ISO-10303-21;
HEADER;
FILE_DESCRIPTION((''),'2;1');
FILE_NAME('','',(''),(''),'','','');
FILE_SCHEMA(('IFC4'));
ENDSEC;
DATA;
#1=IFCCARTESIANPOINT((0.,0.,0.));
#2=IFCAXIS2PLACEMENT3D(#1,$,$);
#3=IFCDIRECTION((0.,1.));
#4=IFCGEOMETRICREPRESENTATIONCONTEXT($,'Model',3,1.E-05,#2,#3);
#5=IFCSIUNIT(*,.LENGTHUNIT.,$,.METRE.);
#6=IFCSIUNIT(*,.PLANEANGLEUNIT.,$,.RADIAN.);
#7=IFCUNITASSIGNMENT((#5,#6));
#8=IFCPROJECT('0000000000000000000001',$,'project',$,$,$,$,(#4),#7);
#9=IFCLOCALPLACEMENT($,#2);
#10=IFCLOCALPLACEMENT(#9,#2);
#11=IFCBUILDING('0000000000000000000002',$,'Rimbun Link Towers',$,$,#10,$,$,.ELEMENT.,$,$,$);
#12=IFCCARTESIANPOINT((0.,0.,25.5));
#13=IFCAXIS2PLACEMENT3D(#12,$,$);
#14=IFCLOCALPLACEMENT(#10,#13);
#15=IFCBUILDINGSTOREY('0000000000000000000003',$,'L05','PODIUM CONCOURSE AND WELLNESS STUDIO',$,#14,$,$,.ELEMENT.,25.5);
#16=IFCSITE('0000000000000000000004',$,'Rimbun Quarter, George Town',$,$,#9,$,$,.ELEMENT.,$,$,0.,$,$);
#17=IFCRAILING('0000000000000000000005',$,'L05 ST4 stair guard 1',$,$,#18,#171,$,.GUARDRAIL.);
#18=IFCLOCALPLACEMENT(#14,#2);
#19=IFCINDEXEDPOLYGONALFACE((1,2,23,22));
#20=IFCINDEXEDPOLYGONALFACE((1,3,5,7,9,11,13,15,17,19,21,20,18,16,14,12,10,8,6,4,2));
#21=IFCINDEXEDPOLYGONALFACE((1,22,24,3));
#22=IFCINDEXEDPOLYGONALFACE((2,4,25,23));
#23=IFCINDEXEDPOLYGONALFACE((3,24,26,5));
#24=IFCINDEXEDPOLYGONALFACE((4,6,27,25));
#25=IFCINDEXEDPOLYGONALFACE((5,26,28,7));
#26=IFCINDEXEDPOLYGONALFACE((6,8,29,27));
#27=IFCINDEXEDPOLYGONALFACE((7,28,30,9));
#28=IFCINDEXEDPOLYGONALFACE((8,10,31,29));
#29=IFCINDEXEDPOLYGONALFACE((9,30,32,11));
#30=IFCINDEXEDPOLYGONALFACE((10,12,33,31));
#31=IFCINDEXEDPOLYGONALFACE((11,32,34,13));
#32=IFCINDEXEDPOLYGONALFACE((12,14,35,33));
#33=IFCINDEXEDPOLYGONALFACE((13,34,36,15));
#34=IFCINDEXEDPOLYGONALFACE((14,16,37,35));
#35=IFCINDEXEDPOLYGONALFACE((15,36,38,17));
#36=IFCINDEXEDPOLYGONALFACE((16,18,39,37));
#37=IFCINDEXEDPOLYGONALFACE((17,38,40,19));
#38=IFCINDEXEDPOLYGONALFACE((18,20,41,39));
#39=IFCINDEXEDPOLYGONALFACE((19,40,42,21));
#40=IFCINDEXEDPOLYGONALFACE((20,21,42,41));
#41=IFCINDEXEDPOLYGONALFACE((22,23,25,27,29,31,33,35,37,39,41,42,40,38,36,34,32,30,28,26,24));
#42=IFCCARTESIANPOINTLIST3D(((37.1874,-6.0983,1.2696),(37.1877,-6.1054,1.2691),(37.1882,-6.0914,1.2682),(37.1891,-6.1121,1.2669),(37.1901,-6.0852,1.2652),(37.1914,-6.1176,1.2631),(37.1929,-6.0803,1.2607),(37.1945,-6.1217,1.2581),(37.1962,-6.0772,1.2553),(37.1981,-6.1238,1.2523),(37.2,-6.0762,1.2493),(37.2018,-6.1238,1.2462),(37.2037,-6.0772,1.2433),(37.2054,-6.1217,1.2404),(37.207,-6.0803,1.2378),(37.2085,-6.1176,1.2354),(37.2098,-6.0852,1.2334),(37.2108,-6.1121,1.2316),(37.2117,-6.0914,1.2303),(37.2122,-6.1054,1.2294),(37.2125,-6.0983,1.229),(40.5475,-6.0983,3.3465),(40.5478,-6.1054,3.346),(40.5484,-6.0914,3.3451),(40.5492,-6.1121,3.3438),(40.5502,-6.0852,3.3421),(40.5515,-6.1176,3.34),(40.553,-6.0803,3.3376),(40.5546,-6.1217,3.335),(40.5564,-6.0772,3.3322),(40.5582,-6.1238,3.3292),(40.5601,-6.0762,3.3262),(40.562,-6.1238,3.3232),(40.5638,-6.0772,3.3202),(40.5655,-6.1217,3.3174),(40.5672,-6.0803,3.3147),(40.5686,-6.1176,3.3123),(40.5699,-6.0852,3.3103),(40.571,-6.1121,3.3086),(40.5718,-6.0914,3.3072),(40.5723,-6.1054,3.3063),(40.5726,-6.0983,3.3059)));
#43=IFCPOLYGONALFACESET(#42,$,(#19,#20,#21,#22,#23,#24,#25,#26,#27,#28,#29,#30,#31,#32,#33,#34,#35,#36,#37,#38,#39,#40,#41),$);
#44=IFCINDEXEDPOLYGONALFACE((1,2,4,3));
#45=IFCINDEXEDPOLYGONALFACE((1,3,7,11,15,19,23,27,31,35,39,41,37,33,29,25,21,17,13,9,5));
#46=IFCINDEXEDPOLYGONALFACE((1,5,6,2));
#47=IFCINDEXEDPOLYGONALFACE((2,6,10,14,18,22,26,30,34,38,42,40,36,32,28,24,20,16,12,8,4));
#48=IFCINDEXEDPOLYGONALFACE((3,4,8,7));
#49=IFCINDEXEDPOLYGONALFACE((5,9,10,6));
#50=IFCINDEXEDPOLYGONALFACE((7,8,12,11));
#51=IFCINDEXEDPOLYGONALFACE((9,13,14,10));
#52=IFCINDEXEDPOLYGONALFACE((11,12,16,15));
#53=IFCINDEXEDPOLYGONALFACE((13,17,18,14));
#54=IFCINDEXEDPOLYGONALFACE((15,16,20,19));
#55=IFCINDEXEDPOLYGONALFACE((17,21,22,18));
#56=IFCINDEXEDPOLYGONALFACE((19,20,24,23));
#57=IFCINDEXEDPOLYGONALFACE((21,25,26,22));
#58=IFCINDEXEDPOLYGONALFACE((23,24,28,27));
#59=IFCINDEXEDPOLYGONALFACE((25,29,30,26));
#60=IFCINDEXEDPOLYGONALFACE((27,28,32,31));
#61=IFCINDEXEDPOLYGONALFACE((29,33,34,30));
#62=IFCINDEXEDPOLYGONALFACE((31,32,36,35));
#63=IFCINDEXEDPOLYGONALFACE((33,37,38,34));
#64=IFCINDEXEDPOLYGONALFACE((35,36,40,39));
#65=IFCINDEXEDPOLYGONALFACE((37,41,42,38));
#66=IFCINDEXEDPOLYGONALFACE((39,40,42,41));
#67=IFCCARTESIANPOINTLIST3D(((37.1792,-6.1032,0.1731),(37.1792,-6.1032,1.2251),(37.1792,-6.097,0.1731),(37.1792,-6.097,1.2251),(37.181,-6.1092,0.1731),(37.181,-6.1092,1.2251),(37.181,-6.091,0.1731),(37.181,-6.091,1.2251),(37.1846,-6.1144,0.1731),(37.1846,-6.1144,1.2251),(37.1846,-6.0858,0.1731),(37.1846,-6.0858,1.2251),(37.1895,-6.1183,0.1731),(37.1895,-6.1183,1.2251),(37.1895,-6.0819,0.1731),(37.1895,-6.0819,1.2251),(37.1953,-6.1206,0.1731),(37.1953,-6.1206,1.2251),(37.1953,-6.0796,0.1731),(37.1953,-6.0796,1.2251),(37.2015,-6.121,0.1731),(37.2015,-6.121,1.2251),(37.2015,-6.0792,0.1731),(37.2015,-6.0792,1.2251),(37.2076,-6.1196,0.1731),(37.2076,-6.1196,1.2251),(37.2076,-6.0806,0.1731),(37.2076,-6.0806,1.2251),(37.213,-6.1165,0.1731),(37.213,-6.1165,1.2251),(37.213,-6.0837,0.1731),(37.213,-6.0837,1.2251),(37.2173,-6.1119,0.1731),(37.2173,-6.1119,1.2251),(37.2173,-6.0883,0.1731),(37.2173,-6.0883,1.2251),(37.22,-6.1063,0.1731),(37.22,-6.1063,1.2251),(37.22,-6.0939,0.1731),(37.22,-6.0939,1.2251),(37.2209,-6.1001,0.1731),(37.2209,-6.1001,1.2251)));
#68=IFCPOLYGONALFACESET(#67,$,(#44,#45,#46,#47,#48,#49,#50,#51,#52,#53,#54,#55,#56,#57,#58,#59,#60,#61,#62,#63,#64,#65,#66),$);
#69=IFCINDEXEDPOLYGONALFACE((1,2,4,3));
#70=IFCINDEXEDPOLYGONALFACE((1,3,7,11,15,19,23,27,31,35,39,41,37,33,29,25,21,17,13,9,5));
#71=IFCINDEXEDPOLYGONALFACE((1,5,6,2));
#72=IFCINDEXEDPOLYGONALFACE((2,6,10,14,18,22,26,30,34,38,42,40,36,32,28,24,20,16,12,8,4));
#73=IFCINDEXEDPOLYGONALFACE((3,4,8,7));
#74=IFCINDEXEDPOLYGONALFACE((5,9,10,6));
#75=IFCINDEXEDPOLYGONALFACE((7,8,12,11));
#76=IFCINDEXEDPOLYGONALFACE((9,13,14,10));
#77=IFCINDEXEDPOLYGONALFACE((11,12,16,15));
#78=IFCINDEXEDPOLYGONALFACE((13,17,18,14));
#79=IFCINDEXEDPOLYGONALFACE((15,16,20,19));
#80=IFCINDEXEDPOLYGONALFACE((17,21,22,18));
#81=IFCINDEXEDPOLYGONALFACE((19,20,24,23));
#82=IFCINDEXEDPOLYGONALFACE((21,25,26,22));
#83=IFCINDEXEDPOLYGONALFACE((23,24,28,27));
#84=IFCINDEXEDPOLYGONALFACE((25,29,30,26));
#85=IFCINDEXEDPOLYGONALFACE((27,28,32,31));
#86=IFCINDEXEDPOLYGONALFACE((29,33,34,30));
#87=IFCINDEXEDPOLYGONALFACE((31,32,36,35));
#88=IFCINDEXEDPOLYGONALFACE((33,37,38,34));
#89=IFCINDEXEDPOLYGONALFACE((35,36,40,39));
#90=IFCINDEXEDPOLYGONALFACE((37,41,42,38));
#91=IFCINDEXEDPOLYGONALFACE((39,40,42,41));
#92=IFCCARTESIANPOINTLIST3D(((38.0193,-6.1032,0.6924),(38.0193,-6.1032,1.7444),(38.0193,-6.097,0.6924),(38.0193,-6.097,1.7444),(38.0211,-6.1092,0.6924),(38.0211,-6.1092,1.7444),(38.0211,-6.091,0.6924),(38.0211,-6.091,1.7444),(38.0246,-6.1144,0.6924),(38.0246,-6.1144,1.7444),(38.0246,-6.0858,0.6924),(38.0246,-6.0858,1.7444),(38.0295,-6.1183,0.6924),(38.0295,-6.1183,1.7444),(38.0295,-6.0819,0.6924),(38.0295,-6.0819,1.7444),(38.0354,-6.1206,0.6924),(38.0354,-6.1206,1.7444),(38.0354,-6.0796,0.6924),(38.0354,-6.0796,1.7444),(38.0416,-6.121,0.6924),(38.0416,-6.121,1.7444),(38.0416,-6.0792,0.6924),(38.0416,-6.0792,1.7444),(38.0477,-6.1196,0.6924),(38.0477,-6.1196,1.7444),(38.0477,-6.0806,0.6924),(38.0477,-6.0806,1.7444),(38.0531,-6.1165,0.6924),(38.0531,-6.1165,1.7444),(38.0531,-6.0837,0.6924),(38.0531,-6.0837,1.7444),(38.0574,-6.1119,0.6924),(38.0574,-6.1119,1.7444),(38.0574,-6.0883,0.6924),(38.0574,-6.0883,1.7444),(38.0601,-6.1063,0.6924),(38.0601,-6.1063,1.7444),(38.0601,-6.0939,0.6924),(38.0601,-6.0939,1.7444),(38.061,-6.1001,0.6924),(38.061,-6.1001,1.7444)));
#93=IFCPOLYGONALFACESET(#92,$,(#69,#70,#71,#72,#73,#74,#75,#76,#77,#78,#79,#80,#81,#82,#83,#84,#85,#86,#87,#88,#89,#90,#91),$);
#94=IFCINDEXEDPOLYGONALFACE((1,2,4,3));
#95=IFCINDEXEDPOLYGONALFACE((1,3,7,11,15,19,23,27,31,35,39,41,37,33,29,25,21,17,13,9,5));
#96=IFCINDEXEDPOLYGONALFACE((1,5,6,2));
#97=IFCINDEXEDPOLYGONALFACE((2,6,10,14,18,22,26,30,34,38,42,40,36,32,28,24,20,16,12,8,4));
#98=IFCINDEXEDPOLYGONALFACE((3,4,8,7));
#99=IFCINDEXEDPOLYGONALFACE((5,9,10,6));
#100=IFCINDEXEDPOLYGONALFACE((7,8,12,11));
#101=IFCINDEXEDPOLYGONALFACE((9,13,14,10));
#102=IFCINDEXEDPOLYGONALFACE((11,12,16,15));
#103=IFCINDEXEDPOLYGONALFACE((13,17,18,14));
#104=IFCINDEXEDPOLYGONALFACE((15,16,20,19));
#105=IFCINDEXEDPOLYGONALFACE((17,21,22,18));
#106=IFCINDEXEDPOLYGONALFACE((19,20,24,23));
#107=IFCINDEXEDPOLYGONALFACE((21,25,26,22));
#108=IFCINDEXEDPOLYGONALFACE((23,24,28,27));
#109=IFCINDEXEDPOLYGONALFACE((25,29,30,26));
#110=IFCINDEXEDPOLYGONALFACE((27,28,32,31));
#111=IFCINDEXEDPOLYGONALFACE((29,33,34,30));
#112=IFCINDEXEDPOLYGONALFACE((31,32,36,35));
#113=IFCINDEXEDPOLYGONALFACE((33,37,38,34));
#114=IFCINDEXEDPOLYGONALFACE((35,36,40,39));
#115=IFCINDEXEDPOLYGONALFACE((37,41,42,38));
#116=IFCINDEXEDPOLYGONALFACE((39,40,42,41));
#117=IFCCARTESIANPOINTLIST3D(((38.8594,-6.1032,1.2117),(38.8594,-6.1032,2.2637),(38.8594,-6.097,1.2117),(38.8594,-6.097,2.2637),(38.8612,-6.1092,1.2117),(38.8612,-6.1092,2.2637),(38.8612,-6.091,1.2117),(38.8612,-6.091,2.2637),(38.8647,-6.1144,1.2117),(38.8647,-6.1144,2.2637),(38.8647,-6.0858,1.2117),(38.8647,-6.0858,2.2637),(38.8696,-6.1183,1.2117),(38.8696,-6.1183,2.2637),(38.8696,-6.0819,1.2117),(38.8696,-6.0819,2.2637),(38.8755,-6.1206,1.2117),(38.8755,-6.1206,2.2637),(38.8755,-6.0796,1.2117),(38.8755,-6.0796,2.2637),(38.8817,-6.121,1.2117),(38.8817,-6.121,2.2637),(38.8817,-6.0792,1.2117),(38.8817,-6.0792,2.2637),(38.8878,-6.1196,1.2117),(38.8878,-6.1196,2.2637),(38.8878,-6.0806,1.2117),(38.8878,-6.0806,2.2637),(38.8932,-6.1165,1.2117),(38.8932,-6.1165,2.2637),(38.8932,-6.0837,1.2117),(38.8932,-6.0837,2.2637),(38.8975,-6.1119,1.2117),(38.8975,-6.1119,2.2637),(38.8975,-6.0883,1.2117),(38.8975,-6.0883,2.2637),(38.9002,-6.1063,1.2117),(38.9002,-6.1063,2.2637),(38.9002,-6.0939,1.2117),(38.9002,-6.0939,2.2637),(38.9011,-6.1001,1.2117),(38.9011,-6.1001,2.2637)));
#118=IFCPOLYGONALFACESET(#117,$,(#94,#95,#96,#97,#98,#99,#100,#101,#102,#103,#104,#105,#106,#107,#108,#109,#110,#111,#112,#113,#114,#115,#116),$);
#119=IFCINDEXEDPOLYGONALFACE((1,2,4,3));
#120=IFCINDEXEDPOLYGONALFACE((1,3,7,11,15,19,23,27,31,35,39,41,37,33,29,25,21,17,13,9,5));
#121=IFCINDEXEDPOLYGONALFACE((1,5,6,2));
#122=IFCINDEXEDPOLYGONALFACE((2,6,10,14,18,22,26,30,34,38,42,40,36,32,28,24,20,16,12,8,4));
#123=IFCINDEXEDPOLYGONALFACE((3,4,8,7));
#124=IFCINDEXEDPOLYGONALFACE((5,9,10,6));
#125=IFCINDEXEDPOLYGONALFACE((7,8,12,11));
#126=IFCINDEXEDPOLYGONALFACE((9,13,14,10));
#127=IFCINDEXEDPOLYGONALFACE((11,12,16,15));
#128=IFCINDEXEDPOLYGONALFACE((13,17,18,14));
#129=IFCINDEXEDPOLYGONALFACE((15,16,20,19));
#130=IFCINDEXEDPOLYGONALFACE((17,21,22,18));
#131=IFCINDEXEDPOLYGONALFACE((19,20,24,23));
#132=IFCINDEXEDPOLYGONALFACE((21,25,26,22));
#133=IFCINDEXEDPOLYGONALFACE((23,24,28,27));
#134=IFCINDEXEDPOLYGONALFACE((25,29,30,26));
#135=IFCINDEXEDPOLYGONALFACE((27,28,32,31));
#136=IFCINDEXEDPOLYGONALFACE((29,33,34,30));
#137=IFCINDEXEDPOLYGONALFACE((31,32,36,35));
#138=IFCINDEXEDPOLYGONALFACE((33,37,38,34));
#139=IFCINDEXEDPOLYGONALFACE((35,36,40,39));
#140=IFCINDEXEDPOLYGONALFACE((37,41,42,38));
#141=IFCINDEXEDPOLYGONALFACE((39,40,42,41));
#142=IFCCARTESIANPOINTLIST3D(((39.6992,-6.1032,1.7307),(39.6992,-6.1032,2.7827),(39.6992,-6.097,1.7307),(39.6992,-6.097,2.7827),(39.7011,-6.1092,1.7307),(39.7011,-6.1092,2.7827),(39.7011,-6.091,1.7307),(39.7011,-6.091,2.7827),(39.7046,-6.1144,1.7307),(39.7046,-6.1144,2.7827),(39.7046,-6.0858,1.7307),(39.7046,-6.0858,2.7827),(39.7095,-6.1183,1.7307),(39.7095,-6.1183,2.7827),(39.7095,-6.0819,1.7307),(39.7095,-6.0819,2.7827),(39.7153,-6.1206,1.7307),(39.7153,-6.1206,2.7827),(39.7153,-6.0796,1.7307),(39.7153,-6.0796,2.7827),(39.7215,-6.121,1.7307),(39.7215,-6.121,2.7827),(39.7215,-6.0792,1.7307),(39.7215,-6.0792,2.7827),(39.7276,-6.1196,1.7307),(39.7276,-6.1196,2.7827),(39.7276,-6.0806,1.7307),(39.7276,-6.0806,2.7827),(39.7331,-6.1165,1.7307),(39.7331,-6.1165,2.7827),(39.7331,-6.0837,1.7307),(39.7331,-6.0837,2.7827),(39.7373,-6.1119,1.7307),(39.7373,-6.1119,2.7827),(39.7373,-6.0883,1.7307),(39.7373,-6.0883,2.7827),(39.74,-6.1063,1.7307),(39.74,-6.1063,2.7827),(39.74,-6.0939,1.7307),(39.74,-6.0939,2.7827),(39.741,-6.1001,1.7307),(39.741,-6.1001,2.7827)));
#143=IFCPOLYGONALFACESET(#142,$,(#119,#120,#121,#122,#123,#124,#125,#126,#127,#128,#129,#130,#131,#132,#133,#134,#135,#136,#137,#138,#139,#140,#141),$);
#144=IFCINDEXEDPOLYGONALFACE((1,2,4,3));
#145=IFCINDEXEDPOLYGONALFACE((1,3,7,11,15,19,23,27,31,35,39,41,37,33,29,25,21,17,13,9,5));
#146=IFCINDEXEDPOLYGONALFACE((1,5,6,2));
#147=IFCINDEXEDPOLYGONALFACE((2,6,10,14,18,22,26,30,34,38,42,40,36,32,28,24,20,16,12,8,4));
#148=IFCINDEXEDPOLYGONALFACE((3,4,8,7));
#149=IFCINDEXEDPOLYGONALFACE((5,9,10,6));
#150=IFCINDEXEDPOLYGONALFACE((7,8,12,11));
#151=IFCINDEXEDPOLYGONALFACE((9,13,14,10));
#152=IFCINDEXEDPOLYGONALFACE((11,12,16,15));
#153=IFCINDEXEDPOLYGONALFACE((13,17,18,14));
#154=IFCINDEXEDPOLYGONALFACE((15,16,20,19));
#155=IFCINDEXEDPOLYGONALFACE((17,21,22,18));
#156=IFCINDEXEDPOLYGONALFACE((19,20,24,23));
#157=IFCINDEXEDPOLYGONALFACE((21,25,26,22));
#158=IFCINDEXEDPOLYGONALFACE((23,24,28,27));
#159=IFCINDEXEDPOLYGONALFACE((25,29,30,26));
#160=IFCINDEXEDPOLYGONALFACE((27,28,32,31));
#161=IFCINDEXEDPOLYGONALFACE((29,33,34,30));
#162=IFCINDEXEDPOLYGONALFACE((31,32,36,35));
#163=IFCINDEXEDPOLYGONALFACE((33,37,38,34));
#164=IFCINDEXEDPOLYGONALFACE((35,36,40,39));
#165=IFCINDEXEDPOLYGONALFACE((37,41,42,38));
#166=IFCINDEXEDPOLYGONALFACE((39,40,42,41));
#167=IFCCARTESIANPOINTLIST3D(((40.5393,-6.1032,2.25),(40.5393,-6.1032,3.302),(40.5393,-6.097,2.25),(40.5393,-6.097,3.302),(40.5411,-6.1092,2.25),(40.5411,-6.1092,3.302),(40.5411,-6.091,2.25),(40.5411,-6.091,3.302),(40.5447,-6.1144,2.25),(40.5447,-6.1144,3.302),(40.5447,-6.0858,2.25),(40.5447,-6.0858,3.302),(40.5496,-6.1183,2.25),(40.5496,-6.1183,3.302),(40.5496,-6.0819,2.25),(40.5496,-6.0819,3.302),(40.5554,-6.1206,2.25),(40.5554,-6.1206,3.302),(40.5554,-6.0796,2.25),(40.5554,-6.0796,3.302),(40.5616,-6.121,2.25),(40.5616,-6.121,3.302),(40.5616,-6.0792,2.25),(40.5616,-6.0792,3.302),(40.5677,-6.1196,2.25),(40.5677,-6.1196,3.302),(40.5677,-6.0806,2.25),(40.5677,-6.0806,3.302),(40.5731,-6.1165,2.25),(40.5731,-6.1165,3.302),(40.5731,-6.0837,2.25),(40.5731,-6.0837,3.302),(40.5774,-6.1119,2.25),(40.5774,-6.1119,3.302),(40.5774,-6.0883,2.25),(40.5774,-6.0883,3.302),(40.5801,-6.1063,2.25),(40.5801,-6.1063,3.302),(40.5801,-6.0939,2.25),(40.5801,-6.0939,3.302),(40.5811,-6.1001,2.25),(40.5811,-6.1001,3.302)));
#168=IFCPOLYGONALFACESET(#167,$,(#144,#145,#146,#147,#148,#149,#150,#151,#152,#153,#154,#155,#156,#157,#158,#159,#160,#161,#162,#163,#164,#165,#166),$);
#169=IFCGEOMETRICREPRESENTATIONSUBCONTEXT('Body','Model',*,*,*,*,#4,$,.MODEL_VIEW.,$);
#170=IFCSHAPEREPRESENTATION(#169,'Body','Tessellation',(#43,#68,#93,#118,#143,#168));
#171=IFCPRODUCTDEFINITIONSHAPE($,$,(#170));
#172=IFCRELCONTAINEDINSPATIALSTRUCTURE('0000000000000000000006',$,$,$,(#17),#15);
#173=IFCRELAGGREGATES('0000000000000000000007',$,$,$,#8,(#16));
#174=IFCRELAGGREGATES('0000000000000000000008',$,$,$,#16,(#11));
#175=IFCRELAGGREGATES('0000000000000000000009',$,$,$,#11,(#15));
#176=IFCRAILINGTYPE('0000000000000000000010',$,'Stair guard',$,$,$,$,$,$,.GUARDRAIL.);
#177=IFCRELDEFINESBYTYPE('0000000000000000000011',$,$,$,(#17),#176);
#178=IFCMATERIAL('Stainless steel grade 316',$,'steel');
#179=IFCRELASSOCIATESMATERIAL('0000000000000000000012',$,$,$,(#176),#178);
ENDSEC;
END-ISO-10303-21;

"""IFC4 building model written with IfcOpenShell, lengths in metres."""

from ifc_helpers import new_model, si_unit, direction, frame, origin, origin_2d, place, context, subcontext, project, spatial, circle, extrude, material, type_object, element, save


model = new_model("IFC4")

# Units and contexts
model_context = context("Model", 3, precision=1e-05, world=origin(), true_north=direction((0.0, 1.0)))
body_context = subcontext(model_context, "Body", "Model", "MODEL_VIEW")
ifc_project = project(units=[si_unit("LENGTHUNIT", "METRE"), si_unit("PLANEANGLEUNIT", "RADIAN")], contexts=[model_context])

# Site, building, storey
site_placement = place(None, origin())
site = spatial("IfcSite", under=ifc_project, at=site_placement, Name="Rimbun Quarter, George Town", CompositionType="ELEMENT", RefElevation=0.0)
building_placement = place(site_placement, origin())
building = spatial("IfcBuilding", under=site, at=building_placement, Name="Rimbun Link Towers", CompositionType="ELEMENT")
storey_placement = place(building_placement, frame((0.0, 0.0, 25.5)))
storey = spatial("IfcBuildingStorey", under=building, at=storey_placement, Name="L05", Description="PODIUM CONCOURSE AND WELLNESS STUDIO", CompositionType="ELEMENT", Elevation=25.5)

# Railing
ifc_material_1 = material(Name="Stainless steel grade 316", Category="steel")
railing_type_1 = type_object("IfcRailingType", Name="Stair guard", PredefinedType="GUARDRAIL", material=ifc_material_1)
railing_1_placement = place(storey_placement, frame((37.2, -6.1001, 0.1731)))
element("IfcRailing", 1, at=railing_1_placement, inside=storey, type_object=railing_type_1, Name="L05 ST4 stair guard 1", PredefinedType="GUARDRAIL", context=body_context, shape_type="SweptSolid", body=[
    extrude(circle(Radius=0.0239, at=origin_2d()), frame((0.0, 0.0, 1.0762), z_axis=(0.850623, 0.0, 0.525776), x_axis=(0.0, 1.0, 0.0)), (0.0, 0.0, 1.0), 3.9502),
    extrude(circle(Radius=0.021, at=origin_2d()), origin(), (0.0, 0.0, 1.0), 1.052),
    extrude(circle(Radius=0.021, at=origin_2d()), frame((0.8401, 0.0, 0.5193)), (0.0, 0.0, 1.0), 1.052),
    extrude(circle(Radius=0.021, at=origin_2d()), frame((1.6802, 0.0, 1.0386)), (0.0, 0.0, 1.0), 1.052),
    extrude(circle(Radius=0.021, at=origin_2d()), frame((2.52, 0.0, 1.5576)), (0.0, 0.0, 1.0), 1.052),
    extrude(circle(Radius=0.021, at=origin_2d()), frame((3.3601, 0.0, 2.0769)), (0.0, 0.0, 1.0), 1.052),
])

save(model, "model.ifc")
